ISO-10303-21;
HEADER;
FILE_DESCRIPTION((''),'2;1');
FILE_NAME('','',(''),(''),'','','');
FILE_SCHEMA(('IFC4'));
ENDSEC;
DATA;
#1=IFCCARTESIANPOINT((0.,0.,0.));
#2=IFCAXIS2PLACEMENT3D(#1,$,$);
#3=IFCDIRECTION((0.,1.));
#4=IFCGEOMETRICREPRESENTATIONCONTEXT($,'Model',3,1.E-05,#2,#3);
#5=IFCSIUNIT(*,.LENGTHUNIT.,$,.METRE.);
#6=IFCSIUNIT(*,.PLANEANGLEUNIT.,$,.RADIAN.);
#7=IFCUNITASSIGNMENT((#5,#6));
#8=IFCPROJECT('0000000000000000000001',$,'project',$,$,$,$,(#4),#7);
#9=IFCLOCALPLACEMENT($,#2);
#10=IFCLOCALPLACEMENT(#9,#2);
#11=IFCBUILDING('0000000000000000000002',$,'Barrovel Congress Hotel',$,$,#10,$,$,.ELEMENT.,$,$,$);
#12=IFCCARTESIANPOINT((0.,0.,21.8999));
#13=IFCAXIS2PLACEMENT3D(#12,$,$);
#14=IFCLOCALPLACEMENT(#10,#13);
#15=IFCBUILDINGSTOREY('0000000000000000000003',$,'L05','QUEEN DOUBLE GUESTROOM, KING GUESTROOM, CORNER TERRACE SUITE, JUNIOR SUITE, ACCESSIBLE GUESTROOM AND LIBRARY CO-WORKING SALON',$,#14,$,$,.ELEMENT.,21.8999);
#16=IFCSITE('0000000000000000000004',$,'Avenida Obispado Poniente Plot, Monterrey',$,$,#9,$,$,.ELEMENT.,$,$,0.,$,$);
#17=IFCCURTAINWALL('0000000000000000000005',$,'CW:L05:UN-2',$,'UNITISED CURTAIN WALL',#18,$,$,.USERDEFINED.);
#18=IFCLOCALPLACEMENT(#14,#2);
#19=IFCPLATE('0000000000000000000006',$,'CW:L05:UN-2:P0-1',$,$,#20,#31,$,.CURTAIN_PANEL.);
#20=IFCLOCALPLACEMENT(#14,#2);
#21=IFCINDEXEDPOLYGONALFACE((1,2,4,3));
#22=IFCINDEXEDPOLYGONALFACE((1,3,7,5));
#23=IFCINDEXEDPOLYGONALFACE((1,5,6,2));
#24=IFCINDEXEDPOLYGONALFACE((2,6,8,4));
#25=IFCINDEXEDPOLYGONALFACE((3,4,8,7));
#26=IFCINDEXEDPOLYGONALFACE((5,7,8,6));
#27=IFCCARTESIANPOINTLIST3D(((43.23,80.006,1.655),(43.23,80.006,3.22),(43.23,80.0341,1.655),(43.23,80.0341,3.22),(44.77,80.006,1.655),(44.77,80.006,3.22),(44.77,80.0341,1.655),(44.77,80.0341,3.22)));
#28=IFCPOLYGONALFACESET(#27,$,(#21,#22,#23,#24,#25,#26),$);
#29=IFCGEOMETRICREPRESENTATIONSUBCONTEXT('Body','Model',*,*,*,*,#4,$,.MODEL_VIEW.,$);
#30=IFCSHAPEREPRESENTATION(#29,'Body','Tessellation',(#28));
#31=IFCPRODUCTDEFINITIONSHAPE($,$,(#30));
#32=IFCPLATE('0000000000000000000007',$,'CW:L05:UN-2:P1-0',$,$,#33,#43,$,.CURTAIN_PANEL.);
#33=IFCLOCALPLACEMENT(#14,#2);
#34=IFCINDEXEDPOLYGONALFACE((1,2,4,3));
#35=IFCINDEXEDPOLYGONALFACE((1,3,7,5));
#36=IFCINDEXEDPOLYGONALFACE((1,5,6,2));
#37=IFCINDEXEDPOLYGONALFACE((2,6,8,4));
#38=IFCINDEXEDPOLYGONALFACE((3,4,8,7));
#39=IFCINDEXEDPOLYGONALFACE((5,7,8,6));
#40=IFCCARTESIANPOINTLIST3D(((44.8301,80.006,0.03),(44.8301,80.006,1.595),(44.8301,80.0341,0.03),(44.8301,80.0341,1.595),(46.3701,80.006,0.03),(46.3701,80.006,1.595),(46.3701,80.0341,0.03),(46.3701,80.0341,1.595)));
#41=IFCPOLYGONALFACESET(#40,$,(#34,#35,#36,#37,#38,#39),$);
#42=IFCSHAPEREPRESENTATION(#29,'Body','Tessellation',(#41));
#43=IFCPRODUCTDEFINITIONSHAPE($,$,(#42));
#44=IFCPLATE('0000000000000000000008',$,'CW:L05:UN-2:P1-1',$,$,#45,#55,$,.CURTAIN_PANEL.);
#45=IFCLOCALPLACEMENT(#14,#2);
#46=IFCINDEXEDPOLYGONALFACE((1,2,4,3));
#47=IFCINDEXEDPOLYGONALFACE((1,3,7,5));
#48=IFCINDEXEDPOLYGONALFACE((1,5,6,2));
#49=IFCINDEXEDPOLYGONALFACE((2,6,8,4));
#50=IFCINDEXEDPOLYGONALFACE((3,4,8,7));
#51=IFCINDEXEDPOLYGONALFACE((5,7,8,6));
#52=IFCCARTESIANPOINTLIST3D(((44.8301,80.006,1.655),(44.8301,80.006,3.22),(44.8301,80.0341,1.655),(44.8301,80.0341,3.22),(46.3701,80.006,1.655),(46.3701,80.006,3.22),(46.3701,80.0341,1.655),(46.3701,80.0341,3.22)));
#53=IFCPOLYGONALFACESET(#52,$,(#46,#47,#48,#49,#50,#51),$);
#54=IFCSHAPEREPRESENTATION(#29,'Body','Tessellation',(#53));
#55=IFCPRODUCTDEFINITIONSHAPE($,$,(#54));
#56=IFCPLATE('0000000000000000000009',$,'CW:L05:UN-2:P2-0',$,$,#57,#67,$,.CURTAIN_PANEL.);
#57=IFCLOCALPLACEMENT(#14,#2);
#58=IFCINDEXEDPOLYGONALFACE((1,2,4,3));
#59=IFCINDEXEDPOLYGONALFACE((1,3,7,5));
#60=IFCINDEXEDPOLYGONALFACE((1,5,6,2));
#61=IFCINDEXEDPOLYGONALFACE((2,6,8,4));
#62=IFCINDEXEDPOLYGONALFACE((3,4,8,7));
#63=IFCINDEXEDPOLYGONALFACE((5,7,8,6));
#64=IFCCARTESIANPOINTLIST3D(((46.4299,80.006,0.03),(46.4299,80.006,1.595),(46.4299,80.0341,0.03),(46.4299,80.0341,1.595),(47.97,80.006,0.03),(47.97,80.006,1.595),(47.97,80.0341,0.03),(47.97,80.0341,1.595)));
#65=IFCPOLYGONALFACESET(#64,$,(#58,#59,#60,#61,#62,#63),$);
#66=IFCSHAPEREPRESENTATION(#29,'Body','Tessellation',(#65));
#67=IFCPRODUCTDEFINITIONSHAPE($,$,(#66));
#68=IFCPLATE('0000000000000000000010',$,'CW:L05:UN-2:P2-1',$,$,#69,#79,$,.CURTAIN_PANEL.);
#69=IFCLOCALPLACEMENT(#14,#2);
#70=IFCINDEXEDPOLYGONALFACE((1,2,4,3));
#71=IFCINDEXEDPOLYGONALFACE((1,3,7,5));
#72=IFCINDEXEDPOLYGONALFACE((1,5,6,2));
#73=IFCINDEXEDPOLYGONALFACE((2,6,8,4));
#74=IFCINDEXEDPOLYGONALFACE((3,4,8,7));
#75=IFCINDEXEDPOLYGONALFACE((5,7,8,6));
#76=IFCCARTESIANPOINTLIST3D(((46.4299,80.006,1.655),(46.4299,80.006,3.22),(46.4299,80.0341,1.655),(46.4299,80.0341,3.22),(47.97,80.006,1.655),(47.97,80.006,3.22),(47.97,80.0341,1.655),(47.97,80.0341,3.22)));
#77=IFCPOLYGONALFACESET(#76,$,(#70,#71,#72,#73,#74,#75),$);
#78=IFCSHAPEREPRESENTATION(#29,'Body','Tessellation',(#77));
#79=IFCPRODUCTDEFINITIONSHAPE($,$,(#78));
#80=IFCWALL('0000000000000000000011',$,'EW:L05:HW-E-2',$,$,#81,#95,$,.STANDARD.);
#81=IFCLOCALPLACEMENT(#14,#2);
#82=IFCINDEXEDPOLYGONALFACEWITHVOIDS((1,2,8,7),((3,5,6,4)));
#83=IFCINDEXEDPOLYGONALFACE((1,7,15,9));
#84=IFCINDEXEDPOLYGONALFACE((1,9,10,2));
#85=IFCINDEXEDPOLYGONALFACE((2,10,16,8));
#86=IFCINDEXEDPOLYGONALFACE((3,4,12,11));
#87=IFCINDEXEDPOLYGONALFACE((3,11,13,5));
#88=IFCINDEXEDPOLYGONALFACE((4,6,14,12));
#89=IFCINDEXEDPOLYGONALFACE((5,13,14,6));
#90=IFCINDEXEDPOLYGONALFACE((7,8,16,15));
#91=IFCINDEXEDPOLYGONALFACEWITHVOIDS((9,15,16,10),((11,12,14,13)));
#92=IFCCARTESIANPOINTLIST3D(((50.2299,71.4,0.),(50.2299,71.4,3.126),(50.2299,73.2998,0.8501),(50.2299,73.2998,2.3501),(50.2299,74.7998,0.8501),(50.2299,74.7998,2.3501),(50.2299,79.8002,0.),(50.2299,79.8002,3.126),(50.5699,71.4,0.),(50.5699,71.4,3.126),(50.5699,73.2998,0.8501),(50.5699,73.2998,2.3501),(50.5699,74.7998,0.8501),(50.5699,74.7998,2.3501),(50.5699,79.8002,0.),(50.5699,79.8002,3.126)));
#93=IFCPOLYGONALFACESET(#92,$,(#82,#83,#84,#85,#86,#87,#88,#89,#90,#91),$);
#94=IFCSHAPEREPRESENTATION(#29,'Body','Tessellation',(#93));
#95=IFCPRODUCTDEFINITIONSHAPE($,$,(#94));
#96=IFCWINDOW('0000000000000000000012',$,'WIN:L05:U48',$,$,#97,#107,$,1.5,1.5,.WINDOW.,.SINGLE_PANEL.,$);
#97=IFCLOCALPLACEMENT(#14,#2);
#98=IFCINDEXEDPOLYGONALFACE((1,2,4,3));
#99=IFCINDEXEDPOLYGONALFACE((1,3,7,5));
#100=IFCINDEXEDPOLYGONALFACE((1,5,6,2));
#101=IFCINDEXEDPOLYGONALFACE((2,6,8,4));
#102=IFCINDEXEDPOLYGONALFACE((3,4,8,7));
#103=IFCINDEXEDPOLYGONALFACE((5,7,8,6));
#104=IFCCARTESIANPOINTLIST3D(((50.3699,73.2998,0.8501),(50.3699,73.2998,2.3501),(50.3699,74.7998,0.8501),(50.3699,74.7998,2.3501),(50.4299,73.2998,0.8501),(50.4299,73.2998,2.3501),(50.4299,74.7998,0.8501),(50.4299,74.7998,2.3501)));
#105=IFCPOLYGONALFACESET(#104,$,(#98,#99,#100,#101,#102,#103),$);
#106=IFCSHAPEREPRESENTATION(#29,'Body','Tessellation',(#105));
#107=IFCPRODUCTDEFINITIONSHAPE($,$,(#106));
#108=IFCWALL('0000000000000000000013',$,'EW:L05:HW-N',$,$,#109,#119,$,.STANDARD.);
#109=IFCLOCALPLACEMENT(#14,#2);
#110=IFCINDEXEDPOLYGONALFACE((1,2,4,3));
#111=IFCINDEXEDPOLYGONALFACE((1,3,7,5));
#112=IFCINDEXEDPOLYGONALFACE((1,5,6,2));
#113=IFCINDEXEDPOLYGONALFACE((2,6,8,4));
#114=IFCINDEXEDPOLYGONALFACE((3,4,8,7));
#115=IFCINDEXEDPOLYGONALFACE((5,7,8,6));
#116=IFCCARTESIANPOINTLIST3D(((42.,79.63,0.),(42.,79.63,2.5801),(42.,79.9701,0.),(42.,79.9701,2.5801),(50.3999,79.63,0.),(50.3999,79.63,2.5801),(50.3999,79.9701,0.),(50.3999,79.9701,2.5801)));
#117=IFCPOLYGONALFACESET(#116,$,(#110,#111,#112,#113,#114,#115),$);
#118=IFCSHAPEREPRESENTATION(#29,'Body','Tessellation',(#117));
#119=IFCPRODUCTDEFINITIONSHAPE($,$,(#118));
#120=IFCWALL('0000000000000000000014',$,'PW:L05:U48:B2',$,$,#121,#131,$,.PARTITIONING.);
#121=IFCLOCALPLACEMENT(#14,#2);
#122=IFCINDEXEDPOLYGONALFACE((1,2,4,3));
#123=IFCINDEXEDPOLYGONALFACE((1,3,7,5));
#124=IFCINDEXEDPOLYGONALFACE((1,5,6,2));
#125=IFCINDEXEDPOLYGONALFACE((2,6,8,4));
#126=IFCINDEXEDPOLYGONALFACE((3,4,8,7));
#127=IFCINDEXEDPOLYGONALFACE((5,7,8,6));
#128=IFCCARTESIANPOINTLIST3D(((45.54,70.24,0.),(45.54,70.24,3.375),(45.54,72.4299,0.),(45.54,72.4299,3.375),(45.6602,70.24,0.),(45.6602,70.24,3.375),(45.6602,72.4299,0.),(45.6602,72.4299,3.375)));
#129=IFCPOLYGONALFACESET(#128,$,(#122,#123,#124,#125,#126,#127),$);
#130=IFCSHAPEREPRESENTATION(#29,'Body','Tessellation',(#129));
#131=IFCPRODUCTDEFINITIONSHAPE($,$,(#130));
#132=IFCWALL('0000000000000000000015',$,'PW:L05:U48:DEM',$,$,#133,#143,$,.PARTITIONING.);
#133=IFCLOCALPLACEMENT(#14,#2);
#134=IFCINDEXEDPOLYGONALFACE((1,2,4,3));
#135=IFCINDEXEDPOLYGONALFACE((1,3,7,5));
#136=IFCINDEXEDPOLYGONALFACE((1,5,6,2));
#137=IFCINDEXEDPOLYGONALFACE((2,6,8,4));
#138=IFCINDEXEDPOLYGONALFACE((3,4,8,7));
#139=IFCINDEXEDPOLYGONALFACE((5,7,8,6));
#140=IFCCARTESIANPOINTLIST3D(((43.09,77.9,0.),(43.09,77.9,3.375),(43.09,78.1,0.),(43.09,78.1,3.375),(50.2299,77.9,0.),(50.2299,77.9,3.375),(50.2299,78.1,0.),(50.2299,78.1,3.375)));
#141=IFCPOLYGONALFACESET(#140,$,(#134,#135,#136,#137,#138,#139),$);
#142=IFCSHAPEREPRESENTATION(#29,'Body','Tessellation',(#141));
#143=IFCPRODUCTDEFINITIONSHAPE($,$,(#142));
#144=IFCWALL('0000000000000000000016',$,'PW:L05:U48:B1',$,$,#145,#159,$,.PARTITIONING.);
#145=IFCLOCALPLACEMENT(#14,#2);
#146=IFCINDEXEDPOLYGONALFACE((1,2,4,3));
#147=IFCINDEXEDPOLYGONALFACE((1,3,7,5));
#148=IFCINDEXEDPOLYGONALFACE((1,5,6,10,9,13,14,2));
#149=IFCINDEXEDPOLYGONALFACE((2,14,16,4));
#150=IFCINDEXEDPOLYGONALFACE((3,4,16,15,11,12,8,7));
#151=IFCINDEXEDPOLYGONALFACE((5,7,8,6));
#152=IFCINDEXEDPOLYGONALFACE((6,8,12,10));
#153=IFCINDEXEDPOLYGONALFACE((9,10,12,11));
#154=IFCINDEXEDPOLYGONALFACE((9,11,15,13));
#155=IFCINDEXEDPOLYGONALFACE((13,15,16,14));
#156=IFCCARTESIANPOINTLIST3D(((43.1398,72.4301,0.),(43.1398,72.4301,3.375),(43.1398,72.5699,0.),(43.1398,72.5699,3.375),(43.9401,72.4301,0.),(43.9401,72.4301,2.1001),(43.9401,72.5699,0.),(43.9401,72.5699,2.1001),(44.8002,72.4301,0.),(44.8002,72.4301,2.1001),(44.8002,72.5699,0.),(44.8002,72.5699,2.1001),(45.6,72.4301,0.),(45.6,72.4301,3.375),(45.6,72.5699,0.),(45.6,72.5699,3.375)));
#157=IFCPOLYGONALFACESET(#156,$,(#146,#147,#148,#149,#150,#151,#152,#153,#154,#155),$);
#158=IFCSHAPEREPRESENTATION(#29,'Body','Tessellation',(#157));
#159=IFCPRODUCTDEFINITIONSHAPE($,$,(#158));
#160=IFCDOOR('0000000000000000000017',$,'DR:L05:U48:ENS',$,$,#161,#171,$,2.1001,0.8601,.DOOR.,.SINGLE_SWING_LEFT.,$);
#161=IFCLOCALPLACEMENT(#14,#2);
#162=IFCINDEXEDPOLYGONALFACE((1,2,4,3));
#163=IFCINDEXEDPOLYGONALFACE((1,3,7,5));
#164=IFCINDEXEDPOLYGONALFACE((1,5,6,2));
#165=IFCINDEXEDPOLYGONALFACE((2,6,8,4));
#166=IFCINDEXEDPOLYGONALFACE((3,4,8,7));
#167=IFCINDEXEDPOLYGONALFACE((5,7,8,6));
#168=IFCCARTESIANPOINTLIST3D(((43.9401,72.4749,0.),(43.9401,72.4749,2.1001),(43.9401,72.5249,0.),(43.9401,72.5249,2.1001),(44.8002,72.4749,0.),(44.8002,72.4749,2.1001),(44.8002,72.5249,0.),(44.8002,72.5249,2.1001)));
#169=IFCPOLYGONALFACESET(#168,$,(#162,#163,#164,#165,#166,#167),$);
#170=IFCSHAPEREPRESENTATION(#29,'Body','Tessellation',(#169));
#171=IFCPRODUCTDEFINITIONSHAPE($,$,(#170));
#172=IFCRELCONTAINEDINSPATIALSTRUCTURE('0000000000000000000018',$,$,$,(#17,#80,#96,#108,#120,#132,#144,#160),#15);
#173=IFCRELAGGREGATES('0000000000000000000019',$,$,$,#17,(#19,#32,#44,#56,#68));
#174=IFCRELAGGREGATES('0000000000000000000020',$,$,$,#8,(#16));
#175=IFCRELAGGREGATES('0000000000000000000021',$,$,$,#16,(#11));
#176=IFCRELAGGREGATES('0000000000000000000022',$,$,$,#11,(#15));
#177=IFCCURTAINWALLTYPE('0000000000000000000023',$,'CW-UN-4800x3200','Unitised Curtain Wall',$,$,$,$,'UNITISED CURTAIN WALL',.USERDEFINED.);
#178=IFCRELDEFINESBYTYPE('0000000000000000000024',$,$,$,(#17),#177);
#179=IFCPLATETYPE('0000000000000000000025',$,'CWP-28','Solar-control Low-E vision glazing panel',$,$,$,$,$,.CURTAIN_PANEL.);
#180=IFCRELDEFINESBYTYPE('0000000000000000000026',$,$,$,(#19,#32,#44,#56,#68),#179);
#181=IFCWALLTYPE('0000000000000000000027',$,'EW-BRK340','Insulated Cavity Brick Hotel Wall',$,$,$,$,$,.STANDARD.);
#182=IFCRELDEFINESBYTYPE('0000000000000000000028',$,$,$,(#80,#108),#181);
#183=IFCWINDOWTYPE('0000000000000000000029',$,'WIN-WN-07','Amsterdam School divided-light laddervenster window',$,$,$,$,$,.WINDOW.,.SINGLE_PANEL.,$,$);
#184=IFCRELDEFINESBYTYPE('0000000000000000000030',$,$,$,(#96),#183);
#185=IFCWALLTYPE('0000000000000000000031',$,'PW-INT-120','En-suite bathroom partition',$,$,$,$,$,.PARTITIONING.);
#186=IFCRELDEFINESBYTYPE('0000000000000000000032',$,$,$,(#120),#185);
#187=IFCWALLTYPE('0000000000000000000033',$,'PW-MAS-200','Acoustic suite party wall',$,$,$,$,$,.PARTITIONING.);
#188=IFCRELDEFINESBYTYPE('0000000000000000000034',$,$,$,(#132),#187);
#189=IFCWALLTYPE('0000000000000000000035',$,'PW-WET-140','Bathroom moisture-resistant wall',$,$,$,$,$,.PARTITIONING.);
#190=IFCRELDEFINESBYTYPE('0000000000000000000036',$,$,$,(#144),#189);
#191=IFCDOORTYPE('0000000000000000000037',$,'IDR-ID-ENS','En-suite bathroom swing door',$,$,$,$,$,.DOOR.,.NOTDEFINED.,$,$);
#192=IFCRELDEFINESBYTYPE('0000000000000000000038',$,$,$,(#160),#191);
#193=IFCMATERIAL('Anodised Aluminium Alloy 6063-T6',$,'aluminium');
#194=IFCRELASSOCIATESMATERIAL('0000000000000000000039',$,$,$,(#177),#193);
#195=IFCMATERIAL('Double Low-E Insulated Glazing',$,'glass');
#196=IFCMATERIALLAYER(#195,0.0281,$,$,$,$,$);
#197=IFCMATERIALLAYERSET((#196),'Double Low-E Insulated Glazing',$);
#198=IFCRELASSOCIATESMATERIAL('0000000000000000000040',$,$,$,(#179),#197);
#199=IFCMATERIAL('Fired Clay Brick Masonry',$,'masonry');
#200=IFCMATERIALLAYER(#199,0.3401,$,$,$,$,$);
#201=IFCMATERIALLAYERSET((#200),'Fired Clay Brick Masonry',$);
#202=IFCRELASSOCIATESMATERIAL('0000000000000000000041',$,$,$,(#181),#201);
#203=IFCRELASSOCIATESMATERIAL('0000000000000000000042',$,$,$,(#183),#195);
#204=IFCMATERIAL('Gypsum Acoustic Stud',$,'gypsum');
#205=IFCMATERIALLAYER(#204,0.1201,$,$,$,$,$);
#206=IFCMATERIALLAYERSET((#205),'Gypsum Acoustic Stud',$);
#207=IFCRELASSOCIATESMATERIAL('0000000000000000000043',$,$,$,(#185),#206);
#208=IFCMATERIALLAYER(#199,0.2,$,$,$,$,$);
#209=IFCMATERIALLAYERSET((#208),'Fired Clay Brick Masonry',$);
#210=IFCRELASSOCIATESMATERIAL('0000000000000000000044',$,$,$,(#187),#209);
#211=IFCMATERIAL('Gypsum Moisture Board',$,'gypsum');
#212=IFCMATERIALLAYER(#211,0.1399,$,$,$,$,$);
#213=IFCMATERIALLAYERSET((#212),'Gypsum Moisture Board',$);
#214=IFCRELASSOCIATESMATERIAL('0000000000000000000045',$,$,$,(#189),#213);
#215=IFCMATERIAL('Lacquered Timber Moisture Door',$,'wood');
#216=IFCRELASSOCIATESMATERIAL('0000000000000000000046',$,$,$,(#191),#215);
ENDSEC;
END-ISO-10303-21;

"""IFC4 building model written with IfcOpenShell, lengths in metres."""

from ifc_helpers import new_model, si_unit, direction, frame, frame_2d, origin, origin_2d, place, context, subcontext, project, spatial, rectangle, extrude, material, layer, layer_set, type_object, element, fill, aggregate, save


model = new_model("IFC4")

# Units and contexts
model_context = context("Model", 3, precision=1e-05, world=origin(), true_north=direction((0.0, 1.0)))
body_context = subcontext(model_context, "Body", "Model", "MODEL_VIEW")
ifc_project = project(units=[si_unit("LENGTHUNIT", "METRE"), si_unit("PLANEANGLEUNIT", "RADIAN")], contexts=[model_context])

# Site, building, storey
site_placement = place(None, origin())
site = spatial("IfcSite", under=ifc_project, at=site_placement, Name="Avenida Obispado Poniente Plot, Monterrey", CompositionType="ELEMENT", RefElevation=0.0)
building_placement = place(site_placement, origin())
building = spatial("IfcBuilding", under=site, at=building_placement, Name="Barrovel Congress Hotel", CompositionType="ELEMENT")
storey_placement = place(building_placement, frame((0.0, 0.0, 21.8999)))
storey = spatial("IfcBuildingStorey", under=building, at=storey_placement, Name="L05", Description="QUEEN DOUBLE GUESTROOM, KING GUESTROOM, CORNER TERRACE SUITE, JUNIOR SUITE, ACCESSIBLE GUESTROOM AND LIBRARY CO-WORKING SALON", CompositionType="ELEMENT", Elevation=21.8999)

# Curtain wall
ifc_material_1 = material(Name="Anodised Aluminium Alloy 6063-T6", Category="aluminium")
curtain_wall_type = type_object("IfcCurtainWallType", Name="CW-UN-4800x3200", Description="Unitised Curtain Wall", ElementType="UNITISED CURTAIN WALL", PredefinedType="USERDEFINED", material=ifc_material_1)
curtain_wall_placement = place(storey_placement, origin())
curtain_wall = element("IfcCurtainWall", 1, at=curtain_wall_placement, inside=storey, type_object=curtain_wall_type, Name="CW:L05:UN-2", ObjectType="UNITISED CURTAIN WALL", PredefinedType="USERDEFINED")

# Plates
ifc_material_2 = material(Name="Double Low-E Insulated Glazing", Category="glass")
ifc_layer_1 = layer(ifc_material_2, 0.0281)
ifc_layer_set_1 = layer_set([ifc_layer_1], Name="Double Low-E Insulated Glazing")
plate_type = type_object("IfcPlateType", Name="CWP-28", Description="Solar-control Low-E vision glazing panel", PredefinedType="CURTAIN_PANEL", material=ifc_layer_set_1)
plate_1_placement = place(storey_placement, frame((44.0, 80.02, 1.655), z_axis=(0.0, 0.0, 1.0), x_axis=(1.0, 0.0, 0.0)))
plate_1 = element("IfcPlate", 2, at=plate_1_placement, type_object=plate_type, Name="CW:L05:UN-2:P0-1", PredefinedType="CURTAIN_PANEL", context=body_context, shape_type="SweptSolid", body=[
    extrude(rectangle(XDim=1.54, YDim=0.0281, at=origin_2d()), origin(), (0.0, 0.0, 1.0), 1.5649),
])
plate_2_placement = place(storey_placement, frame((45.6001, 80.02, 0.03), z_axis=(0.0, 0.0, 1.0), x_axis=(1.0, 0.0, 0.0)))
plate_2 = element("IfcPlate", 3, at=plate_2_placement, type_object=plate_type, Name="CW:L05:UN-2:P1-0", PredefinedType="CURTAIN_PANEL", context=body_context, shape_type="SweptSolid", body=[
    extrude(rectangle(XDim=1.54, YDim=0.0281, at=origin_2d()), origin(), (0.0, 0.0, 1.0), 1.5649),
])
plate_3_placement = place(storey_placement, frame((45.6001, 80.02, 1.655), z_axis=(0.0, 0.0, 1.0), x_axis=(1.0, 0.0, 0.0)))
plate_3 = element("IfcPlate", 4, at=plate_3_placement, type_object=plate_type, Name="CW:L05:UN-2:P1-1", PredefinedType="CURTAIN_PANEL", context=body_context, shape_type="SweptSolid", body=[
    extrude(rectangle(XDim=1.54, YDim=0.0281, at=origin_2d()), origin(), (0.0, 0.0, 1.0), 1.5649),
])
plate_4_placement = place(storey_placement, frame((47.2, 80.02, 0.03), z_axis=(0.0, 0.0, 1.0), x_axis=(1.0, 0.0, 0.0)))
plate_4 = element("IfcPlate", 5, at=plate_4_placement, type_object=plate_type, Name="CW:L05:UN-2:P2-0", PredefinedType="CURTAIN_PANEL", context=body_context, shape_type="SweptSolid", body=[
    extrude(rectangle(XDim=1.54, YDim=0.0281, at=origin_2d()), origin(), (0.0, 0.0, 1.0), 1.5649),
])
plate_5_placement = place(storey_placement, frame((47.2, 80.02, 1.655), z_axis=(0.0, 0.0, 1.0), x_axis=(1.0, 0.0, 0.0)))
plate_5 = element("IfcPlate", 6, at=plate_5_placement, type_object=plate_type, Name="CW:L05:UN-2:P2-1", PredefinedType="CURTAIN_PANEL", context=body_context, shape_type="SweptSolid", body=[
    extrude(rectangle(XDim=1.54, YDim=0.0281, at=origin_2d()), origin(), (0.0, 0.0, 1.0), 1.5649),
])
aggregate(curtain_wall, [plate_1, plate_2, plate_3, plate_4, plate_5])

# Wall, opening, window
ifc_material_3 = material(Name="Fired Clay Brick Masonry", Category="masonry")
ifc_layer_2 = layer(ifc_material_3, 0.3401)
ifc_layer_set_2 = layer_set([ifc_layer_2], Name="Fired Clay Brick Masonry")
wall_type_1 = type_object("IfcWallType", Name="EW-BRK340", Description="Insulated Cavity Brick Hotel Wall", PredefinedType="STANDARD", material=ifc_layer_set_2)
wall_1_placement = place(storey_placement, frame((50.3999, 71.3999, 0.0), z_axis=(0.0, 0.0, 1.0), x_axis=(0.0, 1.0, 0.0)))
wall_1 = element("IfcWall", 7, at=wall_1_placement, inside=storey, type_object=wall_type_1, Name="EW:L05:HW-E-2", PredefinedType="STANDARD", context=body_context, shape_type="SweptSolid", body=[
    extrude(rectangle(XDim=8.4001, YDim=0.3401, at=frame_2d((4.2002, 0.0))), origin(), (0.0, 0.0, 1.0), 3.126),
])
opening_1_placement = place(wall_1_placement, frame((1.8999, 0.0, 0.8501)))
opening_1 = element("IfcOpeningElement", 8, at=opening_1_placement, cuts=wall_1, PredefinedType="OPENING", context=body_context, shape_type="SweptSolid", body=[
    extrude(rectangle(XDim=1.5, YDim=1.5, at=frame_2d((0.75, 0.75))), frame((0.0, 0.1802, 0.0), z_axis=(0.0, -1.0, 0.0), x_axis=(1.0, 0.0, 0.0)), (0.0, 0.0, 1.0), 0.3601),
])
window_type = type_object("IfcWindowType", Name="WIN-WN-07", Description="Amsterdam School divided-light laddervenster window", PartitioningType="SINGLE_PANEL", PredefinedType="WINDOW", material=ifc_material_2)
window_placement = place(opening_1_placement, origin())
window = element("IfcWindow", 9, at=window_placement, inside=storey, type_object=window_type, Name="WIN:L05:U48", OverallHeight=1.5, OverallWidth=1.5, PartitioningType="SINGLE_PANEL", PredefinedType="WINDOW", context=body_context, shape_type="SweptSolid", body=[
    extrude(rectangle(XDim=1.5, YDim=1.5, at=frame_2d((0.75, 0.75))), frame((0.0, 0.03, 0.0), z_axis=(0.0, -1.0, 0.0), x_axis=(1.0, 0.0, 0.0)), (0.0, 0.0, 1.0), 0.0601),
])
fill(opening_1, window)

# Walls
wall_2_placement = place(storey_placement, frame((50.3999, 79.8, 0.0), z_axis=(0.0, 0.0, 1.0), x_axis=(-1.0, 0.0, 0.0)))
element("IfcWall", 10, at=wall_2_placement, inside=storey, type_object=wall_type_1, Name="EW:L05:HW-N", PredefinedType="STANDARD", context=body_context, shape_type="SweptSolid", body=[
    extrude(rectangle(XDim=8.3999, YDim=0.3401, at=frame_2d((4.2, 0.0))), origin(), (0.0, 0.0, 1.0), 2.5801),
])
ifc_material_4 = material(Name="Gypsum Acoustic Stud", Category="gypsum")
ifc_layer_3 = layer(ifc_material_4, 0.1201)
ifc_layer_set_3 = layer_set([ifc_layer_3], Name="Gypsum Acoustic Stud")
wall_type_2 = type_object("IfcWallType", Name="PW-INT-120", Description="En-suite bathroom partition", PredefinedType="PARTITIONING", material=ifc_layer_set_3)
wall_3_placement = place(storey_placement, frame((45.6001, 70.24, 0.0), z_axis=(0.0, 0.0, 1.0), x_axis=(0.0, 1.0, 0.0)))
element("IfcWall", 11, at=wall_3_placement, inside=storey, type_object=wall_type_2, Name="PW:L05:U48:B2", PredefinedType="PARTITIONING", context=body_context, shape_type="SweptSolid", body=[
    extrude(rectangle(XDim=2.1899, YDim=0.1201, at=frame_2d((1.095, 0.0))), origin(), (0.0, 0.0, 1.0), 3.375),
])
ifc_layer_4 = layer(ifc_material_3, 0.2)
ifc_layer_set_4 = layer_set([ifc_layer_4], Name="Fired Clay Brick Masonry")
wall_type_3 = type_object("IfcWallType", Name="PW-MAS-200", Description="Acoustic suite party wall", PredefinedType="PARTITIONING", material=ifc_layer_set_4)
wall_4_placement = place(storey_placement, frame((43.0901, 78.0, 0.0), z_axis=(0.0, 0.0, 1.0), x_axis=(1.0, 0.0, 0.0)))
element("IfcWall", 12, at=wall_4_placement, inside=storey, type_object=wall_type_3, Name="PW:L05:U48:DEM", PredefinedType="PARTITIONING", context=body_context, shape_type="SweptSolid", body=[
    extrude(rectangle(XDim=7.1399, YDim=0.2, at=frame_2d((3.5698, 0.0))), origin(), (0.0, 0.0, 1.0), 3.375),
])

# Wall, opening, door
ifc_material_5 = material(Name="Gypsum Moisture Board", Category="gypsum")
ifc_layer_5 = layer(ifc_material_5, 0.1399)
ifc_layer_set_5 = layer_set([ifc_layer_5], Name="Gypsum Moisture Board")
wall_type_4 = type_object("IfcWallType", Name="PW-WET-140", Description="Bathroom moisture-resistant wall", PredefinedType="PARTITIONING", material=ifc_layer_set_5)
wall_5_placement = place(storey_placement, frame((43.1399, 72.5, 0.0), z_axis=(0.0, 0.0, 1.0), x_axis=(1.0, 0.0, 0.0)))
wall_5 = element("IfcWall", 13, at=wall_5_placement, inside=storey, type_object=wall_type_4, Name="PW:L05:U48:B1", PredefinedType="PARTITIONING", context=body_context, shape_type="SweptSolid", body=[
    extrude(rectangle(XDim=2.4602, YDim=0.1399, at=frame_2d((1.23, 0.0))), origin(), (0.0, 0.0, 1.0), 3.375),
])
opening_2_placement = place(wall_5_placement, frame((0.8, 0.0, 0.0)))
opening_2 = element("IfcOpeningElement", 14, at=opening_2_placement, cuts=wall_5, PredefinedType="OPENING", context=body_context, shape_type="SweptSolid", body=[
    extrude(rectangle(XDim=0.8601, YDim=2.1001, at=frame_2d((0.4302, 1.05))), frame((0.0, 0.0801, 0.0), z_axis=(0.0, -1.0, 0.0), x_axis=(1.0, 0.0, 0.0)), (0.0, 0.0, 1.0), 0.1599),
])
ifc_material_6 = material(Name="Lacquered Timber Moisture Door", Category="wood")
door_type = type_object("IfcDoorType", Name="IDR-ID-ENS", Description="En-suite bathroom swing door", OperationType="NOTDEFINED", PredefinedType="DOOR", material=ifc_material_6)
door_placement = place(opening_2_placement, origin())
door = element("IfcDoor", 15, at=door_placement, inside=storey, type_object=door_type, Name="DR:L05:U48:ENS", OperationType="SINGLE_SWING_LEFT", OverallHeight=2.1001, OverallWidth=0.8601, PredefinedType="DOOR", context=body_context, shape_type="SweptSolid", body=[
    extrude(rectangle(XDim=0.8601, YDim=2.1001, at=frame_2d((0.4302, 1.05))), frame((0.0, 0.0249, 0.0), z_axis=(0.0, -1.0, 0.0), x_axis=(1.0, 0.0, 0.0)), (0.0, 0.0, 1.0), 0.05),
])
fill(opening_2, door)

save(model, "model.ifc")
